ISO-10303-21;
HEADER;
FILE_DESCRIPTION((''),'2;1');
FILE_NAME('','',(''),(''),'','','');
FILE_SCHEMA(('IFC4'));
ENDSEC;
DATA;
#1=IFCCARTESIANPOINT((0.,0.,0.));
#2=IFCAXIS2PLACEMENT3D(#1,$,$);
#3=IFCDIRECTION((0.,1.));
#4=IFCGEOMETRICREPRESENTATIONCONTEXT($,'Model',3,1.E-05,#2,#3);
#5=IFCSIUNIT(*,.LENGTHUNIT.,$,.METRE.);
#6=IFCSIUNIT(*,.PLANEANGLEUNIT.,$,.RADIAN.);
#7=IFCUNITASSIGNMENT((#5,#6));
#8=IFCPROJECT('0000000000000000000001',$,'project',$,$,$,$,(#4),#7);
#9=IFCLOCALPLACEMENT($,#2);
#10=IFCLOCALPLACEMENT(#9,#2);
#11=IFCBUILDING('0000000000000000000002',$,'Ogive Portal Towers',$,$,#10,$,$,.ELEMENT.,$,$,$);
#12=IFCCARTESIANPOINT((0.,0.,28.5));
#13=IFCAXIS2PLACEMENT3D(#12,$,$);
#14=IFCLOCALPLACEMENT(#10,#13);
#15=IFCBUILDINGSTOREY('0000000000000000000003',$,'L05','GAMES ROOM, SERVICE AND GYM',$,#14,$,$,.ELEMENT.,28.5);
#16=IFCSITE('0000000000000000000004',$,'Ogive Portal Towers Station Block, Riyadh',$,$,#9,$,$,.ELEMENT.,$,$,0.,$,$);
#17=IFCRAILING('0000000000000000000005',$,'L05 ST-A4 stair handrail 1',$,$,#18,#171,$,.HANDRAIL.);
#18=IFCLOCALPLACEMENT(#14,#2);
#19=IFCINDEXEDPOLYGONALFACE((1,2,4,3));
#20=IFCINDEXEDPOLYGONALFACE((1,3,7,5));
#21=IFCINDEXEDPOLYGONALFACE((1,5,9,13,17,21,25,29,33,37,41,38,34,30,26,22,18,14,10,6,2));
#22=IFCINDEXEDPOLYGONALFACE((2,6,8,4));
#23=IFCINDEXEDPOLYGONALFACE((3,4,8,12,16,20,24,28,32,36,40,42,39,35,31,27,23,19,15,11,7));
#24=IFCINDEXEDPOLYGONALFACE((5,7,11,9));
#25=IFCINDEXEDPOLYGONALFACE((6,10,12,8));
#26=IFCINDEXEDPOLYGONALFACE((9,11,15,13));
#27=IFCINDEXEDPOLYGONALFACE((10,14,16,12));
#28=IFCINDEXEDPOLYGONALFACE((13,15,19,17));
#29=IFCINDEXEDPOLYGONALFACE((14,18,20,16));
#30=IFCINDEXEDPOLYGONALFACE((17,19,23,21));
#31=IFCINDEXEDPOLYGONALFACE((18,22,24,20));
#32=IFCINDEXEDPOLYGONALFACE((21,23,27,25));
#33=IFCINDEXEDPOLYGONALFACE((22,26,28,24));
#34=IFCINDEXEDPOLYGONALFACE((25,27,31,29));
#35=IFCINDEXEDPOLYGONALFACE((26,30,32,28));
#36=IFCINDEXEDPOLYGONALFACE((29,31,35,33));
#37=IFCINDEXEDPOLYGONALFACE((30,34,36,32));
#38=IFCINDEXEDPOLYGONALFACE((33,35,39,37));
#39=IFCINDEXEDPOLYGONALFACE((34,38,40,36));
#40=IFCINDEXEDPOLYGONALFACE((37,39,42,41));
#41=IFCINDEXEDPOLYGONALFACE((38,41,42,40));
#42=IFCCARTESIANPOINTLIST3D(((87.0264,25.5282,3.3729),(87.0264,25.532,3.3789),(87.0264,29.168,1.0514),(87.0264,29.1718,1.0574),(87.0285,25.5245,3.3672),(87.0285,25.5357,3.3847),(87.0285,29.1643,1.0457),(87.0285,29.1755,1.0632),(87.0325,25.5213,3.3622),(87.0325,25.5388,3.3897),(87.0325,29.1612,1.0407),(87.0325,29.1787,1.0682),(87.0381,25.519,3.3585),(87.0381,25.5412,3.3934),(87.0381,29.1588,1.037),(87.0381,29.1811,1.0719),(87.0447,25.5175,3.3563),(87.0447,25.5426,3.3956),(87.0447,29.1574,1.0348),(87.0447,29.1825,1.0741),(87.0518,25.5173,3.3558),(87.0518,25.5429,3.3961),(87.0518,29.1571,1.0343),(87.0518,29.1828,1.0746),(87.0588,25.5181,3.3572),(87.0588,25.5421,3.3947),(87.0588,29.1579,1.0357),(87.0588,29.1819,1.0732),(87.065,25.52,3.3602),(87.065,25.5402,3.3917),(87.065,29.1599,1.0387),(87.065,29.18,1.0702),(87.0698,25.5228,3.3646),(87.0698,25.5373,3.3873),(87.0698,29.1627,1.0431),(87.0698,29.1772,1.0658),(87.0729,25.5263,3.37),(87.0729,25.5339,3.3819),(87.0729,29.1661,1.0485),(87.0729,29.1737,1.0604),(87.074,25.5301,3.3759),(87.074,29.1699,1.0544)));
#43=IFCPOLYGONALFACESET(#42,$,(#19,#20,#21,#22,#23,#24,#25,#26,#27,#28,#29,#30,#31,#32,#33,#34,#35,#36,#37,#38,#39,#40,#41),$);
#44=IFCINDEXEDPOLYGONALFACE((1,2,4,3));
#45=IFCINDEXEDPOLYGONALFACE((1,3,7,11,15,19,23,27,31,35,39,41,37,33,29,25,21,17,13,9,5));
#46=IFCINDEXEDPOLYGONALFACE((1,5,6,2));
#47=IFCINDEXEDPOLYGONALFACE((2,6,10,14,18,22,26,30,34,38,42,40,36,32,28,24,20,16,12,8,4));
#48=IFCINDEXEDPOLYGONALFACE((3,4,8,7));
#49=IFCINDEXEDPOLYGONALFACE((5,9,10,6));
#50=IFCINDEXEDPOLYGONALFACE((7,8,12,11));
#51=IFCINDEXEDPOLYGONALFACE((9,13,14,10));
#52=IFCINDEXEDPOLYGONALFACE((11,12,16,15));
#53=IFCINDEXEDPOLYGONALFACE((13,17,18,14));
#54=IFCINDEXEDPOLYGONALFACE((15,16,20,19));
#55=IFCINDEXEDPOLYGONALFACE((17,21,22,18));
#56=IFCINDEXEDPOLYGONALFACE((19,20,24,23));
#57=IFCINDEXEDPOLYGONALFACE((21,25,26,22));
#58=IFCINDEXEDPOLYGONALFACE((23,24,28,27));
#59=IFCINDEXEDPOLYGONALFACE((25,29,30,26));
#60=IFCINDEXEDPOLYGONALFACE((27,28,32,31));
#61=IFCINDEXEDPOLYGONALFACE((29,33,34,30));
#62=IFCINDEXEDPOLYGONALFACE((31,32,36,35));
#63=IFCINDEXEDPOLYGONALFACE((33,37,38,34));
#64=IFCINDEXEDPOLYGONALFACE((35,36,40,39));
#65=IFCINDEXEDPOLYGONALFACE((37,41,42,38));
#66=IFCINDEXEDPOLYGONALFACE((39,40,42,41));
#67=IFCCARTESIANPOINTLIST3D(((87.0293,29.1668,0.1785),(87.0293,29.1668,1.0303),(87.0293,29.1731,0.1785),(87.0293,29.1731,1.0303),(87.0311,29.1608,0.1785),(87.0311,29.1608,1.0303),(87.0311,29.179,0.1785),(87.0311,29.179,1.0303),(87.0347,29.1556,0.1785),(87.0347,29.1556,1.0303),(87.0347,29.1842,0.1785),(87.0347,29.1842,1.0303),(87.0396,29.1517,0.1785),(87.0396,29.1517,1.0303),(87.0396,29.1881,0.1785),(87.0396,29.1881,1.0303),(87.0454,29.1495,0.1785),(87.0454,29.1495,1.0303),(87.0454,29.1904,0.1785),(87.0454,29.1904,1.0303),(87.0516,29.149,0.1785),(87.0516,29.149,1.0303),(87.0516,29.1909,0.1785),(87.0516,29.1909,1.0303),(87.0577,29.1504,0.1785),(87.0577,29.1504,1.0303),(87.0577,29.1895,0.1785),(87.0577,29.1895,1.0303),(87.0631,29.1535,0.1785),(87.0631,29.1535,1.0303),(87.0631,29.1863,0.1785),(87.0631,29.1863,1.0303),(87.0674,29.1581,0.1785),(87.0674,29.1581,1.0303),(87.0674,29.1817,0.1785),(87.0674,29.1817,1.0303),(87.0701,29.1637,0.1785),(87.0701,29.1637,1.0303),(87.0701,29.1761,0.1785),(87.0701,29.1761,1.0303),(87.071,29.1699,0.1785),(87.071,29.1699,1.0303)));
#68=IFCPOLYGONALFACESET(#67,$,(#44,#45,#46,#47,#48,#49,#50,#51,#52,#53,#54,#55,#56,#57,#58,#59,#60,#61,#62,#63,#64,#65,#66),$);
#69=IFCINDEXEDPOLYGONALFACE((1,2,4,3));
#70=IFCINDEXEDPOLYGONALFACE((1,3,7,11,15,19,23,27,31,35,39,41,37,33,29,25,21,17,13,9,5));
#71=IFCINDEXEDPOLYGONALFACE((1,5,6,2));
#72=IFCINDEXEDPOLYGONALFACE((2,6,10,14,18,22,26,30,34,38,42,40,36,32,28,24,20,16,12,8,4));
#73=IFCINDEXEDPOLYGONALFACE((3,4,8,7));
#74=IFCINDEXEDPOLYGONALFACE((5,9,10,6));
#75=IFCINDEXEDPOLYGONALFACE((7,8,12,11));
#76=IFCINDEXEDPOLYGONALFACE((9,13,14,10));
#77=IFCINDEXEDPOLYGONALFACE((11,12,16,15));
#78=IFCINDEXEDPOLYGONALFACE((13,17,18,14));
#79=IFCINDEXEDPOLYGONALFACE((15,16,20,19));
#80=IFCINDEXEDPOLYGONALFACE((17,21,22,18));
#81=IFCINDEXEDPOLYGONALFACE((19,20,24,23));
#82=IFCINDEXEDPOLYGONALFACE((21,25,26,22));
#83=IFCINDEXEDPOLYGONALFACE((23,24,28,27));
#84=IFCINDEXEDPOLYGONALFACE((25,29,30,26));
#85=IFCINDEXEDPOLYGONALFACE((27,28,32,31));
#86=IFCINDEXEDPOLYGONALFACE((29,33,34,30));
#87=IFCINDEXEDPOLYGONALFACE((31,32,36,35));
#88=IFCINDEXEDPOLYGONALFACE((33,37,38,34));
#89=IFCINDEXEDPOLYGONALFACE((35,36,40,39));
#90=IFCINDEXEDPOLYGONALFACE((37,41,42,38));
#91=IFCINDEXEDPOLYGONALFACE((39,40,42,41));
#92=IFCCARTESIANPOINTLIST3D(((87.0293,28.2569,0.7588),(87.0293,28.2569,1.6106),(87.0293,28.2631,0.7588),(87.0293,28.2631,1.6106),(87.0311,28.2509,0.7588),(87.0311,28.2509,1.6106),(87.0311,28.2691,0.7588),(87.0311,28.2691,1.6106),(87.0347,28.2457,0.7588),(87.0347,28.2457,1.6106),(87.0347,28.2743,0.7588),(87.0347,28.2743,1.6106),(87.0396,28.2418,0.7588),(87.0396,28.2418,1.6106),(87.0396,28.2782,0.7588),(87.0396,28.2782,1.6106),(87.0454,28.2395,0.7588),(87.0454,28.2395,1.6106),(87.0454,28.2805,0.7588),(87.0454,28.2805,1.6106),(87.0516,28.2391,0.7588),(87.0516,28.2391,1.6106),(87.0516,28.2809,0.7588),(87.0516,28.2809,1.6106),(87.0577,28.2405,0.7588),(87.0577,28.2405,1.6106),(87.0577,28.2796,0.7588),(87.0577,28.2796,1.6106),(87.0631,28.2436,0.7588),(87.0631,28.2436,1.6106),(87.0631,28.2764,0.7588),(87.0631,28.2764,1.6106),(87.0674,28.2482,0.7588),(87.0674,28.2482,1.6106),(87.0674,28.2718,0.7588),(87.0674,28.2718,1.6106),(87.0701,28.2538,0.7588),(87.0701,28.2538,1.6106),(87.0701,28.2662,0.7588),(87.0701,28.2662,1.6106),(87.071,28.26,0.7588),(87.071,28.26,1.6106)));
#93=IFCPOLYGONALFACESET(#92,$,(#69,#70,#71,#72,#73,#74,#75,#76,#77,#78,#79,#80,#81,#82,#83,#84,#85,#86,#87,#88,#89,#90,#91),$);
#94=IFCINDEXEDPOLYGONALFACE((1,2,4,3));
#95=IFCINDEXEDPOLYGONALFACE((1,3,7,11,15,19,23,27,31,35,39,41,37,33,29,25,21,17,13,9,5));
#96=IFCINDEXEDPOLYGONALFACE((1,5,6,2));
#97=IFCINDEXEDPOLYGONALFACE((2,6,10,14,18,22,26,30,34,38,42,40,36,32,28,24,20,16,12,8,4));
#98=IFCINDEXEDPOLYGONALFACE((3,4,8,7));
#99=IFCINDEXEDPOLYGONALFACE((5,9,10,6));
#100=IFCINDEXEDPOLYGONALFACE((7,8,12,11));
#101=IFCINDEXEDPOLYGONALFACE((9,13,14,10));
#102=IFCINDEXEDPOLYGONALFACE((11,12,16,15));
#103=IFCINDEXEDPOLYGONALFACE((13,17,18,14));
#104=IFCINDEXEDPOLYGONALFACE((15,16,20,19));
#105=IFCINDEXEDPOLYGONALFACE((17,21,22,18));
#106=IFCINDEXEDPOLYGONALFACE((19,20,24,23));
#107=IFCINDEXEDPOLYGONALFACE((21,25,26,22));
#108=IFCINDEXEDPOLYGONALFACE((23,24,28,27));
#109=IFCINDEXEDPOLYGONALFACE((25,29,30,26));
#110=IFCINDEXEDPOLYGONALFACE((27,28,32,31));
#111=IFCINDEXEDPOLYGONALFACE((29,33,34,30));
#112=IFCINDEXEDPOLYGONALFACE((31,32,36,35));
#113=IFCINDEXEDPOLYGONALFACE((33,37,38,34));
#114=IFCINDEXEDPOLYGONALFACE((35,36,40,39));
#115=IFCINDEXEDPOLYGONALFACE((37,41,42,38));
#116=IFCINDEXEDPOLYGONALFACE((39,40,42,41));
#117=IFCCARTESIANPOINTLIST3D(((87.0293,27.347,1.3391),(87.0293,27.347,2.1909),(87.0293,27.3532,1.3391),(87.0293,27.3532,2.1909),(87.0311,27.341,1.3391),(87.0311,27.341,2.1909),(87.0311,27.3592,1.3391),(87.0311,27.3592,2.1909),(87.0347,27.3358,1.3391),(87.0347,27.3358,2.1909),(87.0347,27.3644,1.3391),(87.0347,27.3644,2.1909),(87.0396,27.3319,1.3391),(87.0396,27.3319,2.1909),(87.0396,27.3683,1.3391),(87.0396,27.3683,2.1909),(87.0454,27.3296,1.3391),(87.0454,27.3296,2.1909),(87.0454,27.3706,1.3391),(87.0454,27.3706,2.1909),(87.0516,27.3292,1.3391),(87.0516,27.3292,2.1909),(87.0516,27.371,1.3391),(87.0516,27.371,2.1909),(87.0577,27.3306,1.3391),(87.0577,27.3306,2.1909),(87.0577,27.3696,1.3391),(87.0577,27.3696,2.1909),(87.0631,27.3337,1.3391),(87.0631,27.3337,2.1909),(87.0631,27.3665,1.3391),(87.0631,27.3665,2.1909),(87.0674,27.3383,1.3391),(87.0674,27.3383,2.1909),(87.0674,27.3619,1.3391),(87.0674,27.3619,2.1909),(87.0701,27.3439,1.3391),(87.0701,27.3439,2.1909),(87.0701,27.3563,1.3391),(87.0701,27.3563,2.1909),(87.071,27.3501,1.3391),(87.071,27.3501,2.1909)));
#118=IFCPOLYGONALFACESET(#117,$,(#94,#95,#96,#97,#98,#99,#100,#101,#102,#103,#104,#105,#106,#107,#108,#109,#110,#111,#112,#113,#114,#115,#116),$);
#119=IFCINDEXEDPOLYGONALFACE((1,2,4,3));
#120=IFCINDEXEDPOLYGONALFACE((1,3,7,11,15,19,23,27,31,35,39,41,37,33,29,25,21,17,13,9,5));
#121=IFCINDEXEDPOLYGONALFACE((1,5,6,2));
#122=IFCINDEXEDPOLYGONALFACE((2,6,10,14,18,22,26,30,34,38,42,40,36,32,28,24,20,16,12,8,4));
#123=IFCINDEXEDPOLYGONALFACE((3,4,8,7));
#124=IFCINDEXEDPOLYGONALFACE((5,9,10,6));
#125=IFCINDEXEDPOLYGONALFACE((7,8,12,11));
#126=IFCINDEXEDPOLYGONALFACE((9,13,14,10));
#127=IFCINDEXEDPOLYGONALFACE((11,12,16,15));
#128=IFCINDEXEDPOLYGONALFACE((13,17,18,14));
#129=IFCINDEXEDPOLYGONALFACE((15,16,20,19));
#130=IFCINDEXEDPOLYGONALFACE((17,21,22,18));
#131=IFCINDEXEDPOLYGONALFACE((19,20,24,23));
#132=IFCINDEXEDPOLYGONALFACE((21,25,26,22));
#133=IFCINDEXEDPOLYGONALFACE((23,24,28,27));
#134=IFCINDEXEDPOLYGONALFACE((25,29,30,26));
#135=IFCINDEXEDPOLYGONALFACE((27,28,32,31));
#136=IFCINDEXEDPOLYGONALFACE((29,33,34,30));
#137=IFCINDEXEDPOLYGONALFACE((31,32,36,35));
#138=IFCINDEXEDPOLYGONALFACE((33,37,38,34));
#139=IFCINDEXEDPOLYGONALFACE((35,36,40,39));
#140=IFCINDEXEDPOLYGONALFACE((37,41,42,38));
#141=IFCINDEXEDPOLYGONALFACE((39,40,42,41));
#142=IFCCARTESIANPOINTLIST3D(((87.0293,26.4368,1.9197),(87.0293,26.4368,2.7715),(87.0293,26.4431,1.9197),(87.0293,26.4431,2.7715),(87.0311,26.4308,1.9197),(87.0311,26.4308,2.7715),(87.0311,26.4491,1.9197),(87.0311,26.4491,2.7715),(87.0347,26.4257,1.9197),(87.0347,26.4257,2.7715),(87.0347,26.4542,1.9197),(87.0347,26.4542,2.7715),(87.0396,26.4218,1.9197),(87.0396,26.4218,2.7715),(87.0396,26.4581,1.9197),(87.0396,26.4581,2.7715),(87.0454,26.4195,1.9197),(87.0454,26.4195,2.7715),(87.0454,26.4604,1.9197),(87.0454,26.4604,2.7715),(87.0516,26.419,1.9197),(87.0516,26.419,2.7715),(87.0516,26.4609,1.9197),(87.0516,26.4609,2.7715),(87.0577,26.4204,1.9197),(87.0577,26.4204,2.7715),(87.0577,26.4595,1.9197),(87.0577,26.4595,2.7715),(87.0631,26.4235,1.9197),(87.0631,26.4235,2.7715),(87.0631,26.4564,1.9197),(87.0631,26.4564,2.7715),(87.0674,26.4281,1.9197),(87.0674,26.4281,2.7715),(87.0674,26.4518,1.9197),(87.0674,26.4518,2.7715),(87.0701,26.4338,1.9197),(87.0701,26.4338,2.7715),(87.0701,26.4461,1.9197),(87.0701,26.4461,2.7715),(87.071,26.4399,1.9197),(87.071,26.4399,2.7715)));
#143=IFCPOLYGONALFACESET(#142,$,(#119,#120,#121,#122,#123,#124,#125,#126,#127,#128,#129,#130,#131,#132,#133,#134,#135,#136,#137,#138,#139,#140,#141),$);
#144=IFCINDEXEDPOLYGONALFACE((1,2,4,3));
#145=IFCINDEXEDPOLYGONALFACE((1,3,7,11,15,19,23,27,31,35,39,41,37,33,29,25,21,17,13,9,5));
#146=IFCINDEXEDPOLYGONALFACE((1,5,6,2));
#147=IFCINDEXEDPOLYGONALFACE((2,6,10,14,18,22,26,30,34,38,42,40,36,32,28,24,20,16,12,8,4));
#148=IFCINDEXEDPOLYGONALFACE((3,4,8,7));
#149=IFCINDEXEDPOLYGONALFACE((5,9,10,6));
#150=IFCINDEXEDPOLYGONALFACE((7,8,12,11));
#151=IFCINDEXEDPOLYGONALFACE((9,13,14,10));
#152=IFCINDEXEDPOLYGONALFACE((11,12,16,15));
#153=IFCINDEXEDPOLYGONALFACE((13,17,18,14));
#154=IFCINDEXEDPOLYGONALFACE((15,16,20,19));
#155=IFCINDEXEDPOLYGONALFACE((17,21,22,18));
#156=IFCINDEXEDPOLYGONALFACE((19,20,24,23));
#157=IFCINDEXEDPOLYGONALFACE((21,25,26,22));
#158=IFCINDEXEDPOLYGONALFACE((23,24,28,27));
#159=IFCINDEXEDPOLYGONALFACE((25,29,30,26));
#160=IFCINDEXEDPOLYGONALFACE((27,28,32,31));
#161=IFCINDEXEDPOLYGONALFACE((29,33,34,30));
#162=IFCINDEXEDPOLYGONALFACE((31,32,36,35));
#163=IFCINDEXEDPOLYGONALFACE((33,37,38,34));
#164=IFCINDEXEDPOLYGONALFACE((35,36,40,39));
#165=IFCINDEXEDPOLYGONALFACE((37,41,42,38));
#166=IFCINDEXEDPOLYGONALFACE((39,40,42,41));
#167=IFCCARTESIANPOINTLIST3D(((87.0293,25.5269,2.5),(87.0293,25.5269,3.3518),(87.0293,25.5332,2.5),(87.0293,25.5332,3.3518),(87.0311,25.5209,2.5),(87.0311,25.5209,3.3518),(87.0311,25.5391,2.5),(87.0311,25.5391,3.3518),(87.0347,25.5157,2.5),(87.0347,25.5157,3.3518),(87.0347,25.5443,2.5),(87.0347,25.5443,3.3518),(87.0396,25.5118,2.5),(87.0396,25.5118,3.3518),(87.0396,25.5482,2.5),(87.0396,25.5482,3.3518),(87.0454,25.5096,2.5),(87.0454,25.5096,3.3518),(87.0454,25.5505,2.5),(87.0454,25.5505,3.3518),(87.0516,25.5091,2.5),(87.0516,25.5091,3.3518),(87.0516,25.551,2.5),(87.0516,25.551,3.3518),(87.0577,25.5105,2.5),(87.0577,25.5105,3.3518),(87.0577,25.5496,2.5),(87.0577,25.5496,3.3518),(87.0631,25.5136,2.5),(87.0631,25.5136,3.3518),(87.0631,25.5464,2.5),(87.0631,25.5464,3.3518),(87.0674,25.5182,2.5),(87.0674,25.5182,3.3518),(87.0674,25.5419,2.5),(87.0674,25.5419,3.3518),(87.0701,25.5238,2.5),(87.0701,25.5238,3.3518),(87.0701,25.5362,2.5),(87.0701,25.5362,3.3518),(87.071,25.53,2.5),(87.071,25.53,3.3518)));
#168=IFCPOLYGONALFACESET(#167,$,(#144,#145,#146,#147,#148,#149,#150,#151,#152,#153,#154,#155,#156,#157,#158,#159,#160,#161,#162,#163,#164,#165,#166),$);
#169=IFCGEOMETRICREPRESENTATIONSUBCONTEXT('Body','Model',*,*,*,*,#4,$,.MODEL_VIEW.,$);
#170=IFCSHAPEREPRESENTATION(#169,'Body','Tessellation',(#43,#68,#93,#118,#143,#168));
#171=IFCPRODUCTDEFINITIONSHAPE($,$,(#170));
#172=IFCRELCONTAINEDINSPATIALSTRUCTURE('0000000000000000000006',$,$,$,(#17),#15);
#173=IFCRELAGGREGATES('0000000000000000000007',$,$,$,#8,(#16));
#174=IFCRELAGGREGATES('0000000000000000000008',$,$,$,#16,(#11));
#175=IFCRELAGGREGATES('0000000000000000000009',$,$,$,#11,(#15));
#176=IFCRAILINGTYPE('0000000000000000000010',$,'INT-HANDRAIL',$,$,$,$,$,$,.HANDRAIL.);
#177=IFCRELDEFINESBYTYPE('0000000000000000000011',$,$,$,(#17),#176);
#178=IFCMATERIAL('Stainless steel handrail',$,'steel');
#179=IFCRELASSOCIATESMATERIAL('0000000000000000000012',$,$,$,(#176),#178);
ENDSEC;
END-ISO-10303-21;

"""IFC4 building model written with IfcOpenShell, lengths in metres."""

from ifc_helpers import new_model, si_unit, direction, frame, origin, origin_2d, place, context, subcontext, project, spatial, circle, extrude, material, type_object, element, save


model = new_model("IFC4")

# Units and contexts
model_context = context("Model", 3, precision=1e-05, world=origin(), true_north=direction((0.0, 1.0)))
body_context = subcontext(model_context, "Body", "Model", "MODEL_VIEW")
ifc_project = project(units=[si_unit("LENGTHUNIT", "METRE"), si_unit("PLANEANGLEUNIT", "RADIAN")], contexts=[model_context])

# Site, building, storey
site_placement = place(None, origin())
site = spatial("IfcSite", under=ifc_project, at=site_placement, Name="Ogive Portal Towers Station Block, Riyadh", CompositionType="ELEMENT", RefElevation=0.0)
building_placement = place(site_placement, origin())
building = spatial("IfcBuilding", under=site, at=building_placement, Name="Ogive Portal Towers", CompositionType="ELEMENT")
storey_placement = place(building_placement, frame((0.0, 0.0, 28.5)))
storey = spatial("IfcBuildingStorey", under=building, at=storey_placement, Name="L05", Description="GAMES ROOM, SERVICE AND GYM", CompositionType="ELEMENT", Elevation=28.5)

# Railing
ifc_material_1 = material(Name="Stainless steel handrail", Category="steel")
railing_type_1 = type_object("IfcRailingType", Name="INT-HANDRAIL", PredefinedType="HANDRAIL", material=ifc_material_1)
railing_1_placement = place(storey_placement, frame((87.05, 29.1699, 0.1785)))
element("IfcRailing", 1, at=railing_1_placement, inside=storey, type_object=railing_type_1, Name="L05 ST-A4 stair handrail 1", PredefinedType="HANDRAIL", context=body_context, shape_type="SweptSolid", body=[
    extrude(circle(Radius=0.0239, at=origin_2d()), frame((0.0, 0.0, 0.876), z_axis=(0.0, -0.843112, 0.537739), x_axis=(1.0, 0.0, 0.0)), (0.0, 0.0, 1.0), 4.3171),
    extrude(circle(Radius=0.021, at=origin_2d()), origin(), (0.0, 0.0, 1.0), 0.8518),
    extrude(circle(Radius=0.021, at=origin_2d()), frame((0.0, -0.9099, 0.5803)), (0.0, 0.0, 1.0), 0.8518),
    extrude(circle(Radius=0.021, at=origin_2d()), frame((0.0, -1.8198, 1.1606)), (0.0, 0.0, 1.0), 0.8518),
    extrude(circle(Radius=0.021, at=origin_2d()), frame((0.0, -2.73, 1.7412)), (0.0, 0.0, 1.0), 0.8518),
    extrude(circle(Radius=0.021, at=origin_2d()), frame((0.0, -3.6399, 2.3215)), (0.0, 0.0, 1.0), 0.8518),
])

save(model, "model.ifc")
